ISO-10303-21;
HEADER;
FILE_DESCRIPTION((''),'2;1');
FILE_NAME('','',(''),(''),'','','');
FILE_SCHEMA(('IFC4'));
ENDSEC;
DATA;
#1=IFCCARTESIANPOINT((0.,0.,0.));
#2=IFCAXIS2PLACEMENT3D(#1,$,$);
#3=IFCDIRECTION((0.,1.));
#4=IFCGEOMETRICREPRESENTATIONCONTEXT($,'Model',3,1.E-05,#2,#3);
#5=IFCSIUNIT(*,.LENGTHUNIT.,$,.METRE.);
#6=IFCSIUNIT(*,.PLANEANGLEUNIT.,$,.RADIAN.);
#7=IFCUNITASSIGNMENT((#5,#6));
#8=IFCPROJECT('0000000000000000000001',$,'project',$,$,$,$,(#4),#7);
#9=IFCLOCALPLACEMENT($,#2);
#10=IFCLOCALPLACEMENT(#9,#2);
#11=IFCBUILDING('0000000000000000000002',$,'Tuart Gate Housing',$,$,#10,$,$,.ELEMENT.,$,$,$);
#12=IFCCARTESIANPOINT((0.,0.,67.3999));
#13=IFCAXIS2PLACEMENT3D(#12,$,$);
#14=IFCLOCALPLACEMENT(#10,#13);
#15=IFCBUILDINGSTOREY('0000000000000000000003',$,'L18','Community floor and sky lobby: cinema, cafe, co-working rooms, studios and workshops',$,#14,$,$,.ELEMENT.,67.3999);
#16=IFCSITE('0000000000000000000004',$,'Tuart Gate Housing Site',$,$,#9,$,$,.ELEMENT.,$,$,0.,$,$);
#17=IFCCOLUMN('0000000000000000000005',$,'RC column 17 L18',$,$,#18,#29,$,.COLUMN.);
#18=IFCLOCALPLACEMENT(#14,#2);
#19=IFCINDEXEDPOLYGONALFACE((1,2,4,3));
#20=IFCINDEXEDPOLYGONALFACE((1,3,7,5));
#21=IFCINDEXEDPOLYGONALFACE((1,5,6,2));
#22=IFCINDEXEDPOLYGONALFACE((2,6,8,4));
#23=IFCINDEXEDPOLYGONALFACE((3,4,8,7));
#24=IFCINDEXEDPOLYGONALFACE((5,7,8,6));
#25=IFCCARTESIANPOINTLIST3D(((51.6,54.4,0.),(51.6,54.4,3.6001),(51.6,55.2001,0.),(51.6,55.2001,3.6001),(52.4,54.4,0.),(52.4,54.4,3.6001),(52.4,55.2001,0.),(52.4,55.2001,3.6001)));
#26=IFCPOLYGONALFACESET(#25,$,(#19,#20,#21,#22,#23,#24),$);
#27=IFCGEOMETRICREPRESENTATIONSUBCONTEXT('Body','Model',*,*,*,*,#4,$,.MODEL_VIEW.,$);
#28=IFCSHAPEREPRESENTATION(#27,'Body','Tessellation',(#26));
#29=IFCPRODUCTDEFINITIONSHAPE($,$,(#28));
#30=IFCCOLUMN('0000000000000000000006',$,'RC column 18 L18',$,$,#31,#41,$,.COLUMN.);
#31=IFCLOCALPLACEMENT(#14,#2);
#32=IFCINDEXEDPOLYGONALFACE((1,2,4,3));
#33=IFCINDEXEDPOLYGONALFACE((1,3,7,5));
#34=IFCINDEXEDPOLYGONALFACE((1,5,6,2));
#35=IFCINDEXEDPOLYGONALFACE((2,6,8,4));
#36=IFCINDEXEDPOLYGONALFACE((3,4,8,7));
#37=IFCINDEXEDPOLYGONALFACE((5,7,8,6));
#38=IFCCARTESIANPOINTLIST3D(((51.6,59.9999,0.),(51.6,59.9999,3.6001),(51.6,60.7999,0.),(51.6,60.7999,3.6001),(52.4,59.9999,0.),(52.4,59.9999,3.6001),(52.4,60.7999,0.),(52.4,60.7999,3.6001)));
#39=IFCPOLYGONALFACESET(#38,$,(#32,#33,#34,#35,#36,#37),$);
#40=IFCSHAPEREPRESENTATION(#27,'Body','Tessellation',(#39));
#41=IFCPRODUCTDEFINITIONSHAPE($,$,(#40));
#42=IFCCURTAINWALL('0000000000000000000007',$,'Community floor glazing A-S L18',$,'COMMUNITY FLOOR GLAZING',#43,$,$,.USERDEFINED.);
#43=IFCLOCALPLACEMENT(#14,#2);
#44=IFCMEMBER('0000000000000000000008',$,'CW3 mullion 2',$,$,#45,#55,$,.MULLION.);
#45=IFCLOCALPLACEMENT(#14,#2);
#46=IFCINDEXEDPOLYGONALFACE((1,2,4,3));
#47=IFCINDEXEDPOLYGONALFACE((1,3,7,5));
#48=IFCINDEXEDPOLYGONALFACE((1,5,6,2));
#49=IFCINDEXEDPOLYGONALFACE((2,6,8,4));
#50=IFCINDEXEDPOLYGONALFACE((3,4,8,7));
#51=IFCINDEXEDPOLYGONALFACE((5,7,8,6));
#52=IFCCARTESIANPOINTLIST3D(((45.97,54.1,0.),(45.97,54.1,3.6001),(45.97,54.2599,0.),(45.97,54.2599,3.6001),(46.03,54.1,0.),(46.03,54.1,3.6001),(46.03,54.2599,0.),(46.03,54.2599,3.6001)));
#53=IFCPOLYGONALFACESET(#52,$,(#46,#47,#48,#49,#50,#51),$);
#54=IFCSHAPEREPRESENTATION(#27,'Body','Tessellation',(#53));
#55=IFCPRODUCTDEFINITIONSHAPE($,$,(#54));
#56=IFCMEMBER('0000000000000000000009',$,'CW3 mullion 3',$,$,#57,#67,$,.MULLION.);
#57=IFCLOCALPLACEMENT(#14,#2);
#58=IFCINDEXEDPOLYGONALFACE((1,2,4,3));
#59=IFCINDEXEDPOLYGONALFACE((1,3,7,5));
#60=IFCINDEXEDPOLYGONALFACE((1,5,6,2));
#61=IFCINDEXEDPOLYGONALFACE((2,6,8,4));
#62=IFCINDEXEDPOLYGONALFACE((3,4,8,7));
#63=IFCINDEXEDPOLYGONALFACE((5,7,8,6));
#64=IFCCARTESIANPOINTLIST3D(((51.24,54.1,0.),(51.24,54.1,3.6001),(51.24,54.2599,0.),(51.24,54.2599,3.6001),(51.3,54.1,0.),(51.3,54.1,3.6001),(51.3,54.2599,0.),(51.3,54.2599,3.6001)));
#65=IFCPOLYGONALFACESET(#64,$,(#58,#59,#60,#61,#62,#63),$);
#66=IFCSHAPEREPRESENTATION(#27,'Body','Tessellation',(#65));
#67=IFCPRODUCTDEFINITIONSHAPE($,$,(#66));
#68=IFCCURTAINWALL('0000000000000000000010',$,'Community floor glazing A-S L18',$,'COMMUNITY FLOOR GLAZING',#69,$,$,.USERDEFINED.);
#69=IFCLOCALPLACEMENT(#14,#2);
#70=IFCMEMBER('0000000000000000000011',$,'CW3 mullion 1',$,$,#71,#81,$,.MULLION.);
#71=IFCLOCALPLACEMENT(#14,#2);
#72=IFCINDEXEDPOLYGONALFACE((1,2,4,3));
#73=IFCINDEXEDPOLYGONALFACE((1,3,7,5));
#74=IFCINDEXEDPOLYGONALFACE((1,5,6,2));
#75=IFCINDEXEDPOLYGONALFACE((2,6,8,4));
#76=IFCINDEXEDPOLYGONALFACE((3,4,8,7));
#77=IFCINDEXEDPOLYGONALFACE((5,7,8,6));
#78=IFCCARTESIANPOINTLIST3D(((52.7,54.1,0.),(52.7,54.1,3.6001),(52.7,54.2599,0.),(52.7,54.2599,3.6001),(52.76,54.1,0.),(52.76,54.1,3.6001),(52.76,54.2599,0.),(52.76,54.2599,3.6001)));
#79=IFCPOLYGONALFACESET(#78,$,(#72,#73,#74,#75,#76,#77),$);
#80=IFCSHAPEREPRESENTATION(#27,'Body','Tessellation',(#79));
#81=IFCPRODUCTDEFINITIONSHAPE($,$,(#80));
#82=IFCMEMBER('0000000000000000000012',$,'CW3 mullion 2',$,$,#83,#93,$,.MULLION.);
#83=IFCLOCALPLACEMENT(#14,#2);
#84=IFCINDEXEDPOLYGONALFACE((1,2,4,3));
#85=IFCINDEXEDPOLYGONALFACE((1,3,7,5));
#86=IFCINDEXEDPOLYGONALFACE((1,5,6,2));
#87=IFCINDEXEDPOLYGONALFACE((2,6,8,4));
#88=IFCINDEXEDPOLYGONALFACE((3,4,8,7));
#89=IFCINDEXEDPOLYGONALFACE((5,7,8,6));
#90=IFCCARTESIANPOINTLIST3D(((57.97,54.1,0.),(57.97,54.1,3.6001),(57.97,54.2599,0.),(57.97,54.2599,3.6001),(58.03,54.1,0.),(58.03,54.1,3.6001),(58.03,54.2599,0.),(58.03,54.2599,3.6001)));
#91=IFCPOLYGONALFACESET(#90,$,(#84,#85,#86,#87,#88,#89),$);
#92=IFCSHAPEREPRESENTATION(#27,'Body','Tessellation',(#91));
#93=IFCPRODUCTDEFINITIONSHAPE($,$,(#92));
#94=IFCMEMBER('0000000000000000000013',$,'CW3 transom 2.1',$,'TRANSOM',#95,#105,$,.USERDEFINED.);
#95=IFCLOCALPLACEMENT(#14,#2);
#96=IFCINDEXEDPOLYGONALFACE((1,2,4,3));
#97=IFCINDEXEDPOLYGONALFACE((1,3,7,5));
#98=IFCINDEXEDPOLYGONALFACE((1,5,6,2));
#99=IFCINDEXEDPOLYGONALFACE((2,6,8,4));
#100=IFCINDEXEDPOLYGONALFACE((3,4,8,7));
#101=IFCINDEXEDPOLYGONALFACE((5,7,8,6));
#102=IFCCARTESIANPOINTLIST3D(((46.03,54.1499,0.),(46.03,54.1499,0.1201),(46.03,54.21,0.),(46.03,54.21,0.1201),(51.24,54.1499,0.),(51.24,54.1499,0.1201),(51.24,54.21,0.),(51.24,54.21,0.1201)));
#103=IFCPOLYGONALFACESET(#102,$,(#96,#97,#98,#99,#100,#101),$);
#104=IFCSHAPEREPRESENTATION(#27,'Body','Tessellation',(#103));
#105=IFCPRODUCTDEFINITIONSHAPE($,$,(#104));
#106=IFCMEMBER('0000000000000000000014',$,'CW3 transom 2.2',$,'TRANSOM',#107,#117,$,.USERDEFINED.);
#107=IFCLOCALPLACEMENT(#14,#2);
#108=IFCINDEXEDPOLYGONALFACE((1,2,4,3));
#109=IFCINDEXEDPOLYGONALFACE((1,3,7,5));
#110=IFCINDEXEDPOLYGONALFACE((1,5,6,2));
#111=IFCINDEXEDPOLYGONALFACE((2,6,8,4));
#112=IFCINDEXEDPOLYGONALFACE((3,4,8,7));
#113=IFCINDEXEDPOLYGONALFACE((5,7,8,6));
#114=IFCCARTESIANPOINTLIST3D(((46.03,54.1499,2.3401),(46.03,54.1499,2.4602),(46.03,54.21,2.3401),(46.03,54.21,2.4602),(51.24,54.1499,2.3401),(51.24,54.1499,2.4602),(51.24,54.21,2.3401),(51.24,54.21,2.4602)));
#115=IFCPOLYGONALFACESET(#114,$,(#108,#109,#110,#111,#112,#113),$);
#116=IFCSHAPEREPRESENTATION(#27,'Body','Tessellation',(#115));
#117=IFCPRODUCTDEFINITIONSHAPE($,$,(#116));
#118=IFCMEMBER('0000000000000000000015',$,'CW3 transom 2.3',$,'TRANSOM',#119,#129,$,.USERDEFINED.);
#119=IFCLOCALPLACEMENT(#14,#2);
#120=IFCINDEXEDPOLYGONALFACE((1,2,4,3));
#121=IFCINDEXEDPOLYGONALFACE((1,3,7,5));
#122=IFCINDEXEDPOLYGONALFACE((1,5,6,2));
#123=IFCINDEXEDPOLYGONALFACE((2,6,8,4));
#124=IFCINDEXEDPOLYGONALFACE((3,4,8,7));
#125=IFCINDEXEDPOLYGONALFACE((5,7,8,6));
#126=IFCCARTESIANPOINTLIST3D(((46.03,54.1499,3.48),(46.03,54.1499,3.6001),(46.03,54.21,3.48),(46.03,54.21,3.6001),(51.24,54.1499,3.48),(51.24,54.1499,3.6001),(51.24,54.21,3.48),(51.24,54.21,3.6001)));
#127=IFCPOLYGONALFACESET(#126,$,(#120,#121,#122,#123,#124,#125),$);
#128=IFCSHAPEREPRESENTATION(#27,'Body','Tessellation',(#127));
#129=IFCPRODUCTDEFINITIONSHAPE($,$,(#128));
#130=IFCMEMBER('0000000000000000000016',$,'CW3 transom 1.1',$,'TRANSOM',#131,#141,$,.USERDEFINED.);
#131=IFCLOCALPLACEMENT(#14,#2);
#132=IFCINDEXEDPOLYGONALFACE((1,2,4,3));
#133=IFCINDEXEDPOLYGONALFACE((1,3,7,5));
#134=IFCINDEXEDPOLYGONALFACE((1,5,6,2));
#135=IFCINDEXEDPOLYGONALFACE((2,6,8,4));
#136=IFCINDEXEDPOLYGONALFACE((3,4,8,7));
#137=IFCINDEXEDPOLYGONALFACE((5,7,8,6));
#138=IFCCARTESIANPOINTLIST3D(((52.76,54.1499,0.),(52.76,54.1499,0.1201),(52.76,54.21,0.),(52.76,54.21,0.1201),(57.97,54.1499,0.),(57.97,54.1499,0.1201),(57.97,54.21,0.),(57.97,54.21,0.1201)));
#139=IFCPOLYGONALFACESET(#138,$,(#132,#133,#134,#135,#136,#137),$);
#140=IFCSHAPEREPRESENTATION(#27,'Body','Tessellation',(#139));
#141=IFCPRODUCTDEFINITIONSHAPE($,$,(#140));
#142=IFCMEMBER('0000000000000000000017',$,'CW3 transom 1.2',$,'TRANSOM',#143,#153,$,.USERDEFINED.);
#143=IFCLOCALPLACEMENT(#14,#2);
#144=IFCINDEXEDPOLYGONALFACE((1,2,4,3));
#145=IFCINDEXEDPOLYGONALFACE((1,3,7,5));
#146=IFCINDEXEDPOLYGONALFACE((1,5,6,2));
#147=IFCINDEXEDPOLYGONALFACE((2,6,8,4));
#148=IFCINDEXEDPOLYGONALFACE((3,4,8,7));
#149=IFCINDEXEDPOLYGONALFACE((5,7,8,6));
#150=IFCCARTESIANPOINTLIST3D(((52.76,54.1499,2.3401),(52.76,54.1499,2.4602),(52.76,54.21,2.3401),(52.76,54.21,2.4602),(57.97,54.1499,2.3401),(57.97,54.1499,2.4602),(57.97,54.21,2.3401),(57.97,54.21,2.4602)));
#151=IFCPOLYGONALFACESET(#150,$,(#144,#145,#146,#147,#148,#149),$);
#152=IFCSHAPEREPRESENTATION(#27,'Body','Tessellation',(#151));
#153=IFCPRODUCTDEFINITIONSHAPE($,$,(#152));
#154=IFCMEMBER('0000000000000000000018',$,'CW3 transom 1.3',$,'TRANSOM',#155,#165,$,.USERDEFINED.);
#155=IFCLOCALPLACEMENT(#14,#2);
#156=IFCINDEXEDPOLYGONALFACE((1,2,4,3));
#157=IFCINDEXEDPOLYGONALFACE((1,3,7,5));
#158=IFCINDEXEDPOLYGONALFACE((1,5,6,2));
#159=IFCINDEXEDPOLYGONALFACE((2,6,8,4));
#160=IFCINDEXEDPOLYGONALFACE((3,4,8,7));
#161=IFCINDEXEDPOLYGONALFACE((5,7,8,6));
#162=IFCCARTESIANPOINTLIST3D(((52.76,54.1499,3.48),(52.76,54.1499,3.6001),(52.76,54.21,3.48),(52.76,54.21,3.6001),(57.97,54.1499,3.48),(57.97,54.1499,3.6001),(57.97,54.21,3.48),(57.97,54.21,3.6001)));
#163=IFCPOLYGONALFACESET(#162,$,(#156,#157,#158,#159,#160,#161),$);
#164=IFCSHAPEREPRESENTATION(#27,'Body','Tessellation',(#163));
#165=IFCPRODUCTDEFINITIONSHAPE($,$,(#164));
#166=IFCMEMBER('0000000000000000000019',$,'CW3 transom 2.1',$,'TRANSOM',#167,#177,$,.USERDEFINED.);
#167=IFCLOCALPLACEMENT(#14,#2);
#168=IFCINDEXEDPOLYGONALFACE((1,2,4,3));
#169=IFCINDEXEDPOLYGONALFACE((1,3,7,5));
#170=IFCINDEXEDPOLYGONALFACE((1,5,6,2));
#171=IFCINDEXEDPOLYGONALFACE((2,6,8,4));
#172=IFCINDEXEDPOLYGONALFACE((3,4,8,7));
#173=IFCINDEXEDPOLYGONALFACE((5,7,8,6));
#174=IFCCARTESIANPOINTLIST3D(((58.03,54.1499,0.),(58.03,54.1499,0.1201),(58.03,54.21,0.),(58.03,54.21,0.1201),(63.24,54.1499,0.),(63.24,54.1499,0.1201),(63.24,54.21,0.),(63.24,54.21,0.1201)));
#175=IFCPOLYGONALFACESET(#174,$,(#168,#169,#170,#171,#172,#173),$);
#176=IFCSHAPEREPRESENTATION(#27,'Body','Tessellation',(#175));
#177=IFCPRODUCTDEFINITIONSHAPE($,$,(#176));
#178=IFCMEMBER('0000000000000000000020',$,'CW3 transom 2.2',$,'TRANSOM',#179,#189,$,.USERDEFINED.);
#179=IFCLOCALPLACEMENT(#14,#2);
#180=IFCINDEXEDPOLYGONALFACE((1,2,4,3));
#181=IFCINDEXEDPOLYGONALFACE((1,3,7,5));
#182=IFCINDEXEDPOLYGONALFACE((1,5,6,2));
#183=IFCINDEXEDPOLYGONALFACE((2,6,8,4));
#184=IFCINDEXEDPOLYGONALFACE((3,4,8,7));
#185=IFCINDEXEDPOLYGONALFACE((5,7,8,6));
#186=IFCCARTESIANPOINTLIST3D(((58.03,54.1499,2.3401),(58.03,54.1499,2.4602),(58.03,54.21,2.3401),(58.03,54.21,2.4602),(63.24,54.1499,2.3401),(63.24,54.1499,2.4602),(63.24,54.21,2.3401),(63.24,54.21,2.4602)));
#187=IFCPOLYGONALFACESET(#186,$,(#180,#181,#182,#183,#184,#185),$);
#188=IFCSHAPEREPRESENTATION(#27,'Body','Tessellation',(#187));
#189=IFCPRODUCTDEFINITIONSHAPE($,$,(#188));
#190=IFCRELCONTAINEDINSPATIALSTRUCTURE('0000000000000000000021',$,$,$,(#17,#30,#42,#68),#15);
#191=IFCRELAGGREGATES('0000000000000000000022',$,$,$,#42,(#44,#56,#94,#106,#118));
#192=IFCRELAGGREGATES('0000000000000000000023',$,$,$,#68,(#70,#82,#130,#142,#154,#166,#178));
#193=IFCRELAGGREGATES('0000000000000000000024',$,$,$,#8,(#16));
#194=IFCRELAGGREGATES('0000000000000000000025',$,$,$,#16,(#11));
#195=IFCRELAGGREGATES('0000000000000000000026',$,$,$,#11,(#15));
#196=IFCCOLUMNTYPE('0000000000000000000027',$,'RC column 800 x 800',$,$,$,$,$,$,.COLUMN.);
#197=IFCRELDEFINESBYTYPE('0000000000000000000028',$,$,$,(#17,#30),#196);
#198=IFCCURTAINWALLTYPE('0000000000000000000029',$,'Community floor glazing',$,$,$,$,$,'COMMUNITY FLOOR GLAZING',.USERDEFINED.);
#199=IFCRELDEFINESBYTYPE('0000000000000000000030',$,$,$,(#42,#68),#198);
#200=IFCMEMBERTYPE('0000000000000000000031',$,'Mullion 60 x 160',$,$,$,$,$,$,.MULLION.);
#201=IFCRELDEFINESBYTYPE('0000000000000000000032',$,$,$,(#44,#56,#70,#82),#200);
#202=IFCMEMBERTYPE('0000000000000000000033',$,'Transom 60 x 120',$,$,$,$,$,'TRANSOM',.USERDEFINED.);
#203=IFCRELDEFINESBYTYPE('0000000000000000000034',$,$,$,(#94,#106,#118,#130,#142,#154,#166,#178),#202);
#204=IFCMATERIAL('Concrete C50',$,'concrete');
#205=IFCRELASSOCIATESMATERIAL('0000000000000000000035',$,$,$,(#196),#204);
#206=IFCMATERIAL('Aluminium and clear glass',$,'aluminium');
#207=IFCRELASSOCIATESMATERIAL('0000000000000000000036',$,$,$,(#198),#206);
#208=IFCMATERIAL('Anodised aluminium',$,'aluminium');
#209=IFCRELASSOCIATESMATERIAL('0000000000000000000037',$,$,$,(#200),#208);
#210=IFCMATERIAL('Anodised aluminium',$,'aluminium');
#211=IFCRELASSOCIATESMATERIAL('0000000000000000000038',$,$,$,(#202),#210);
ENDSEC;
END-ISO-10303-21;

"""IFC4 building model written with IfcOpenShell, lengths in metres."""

from ifc_helpers import new_model, si_unit, direction, frame, origin, origin_2d, place, context, subcontext, project, spatial, rectangle, extrude, material, material_profile, profile_set, type_object, element, aggregate, save


model = new_model("IFC4")

# Units and contexts
model_context = context("Model", 3, precision=1e-05, world=origin(), true_north=direction((0.0, 1.0)))
body_context = subcontext(model_context, "Body", "Model", "MODEL_VIEW")
ifc_project = project(units=[si_unit("LENGTHUNIT", "METRE"), si_unit("PLANEANGLEUNIT", "RADIAN")], contexts=[model_context])

# Site, building, storey
site_placement = place(None, origin())
site = spatial("IfcSite", under=ifc_project, at=site_placement, Name="Tuart Gate Housing Site", CompositionType="ELEMENT", RefElevation=0.0)
building_placement = place(site_placement, origin())
building = spatial("IfcBuilding", under=site, at=building_placement, Name="Tuart Gate Housing", CompositionType="ELEMENT")
storey_placement = place(building_placement, frame((0.0, 0.0, 67.3999)))
storey = spatial("IfcBuildingStorey", under=building, at=storey_placement, Name="L18", Description="Community floor and sky lobby: cinema, cafe, co-working rooms, studios and workshops", CompositionType="ELEMENT", Elevation=67.3999)

# Columns
ifc_material_1 = material(Name="Concrete C50", Category="concrete")
ifc_material_profile_1 = material_profile(ifc_material_1, rectangle(XDim=0.8, YDim=0.8, at=origin_2d()), Name="RC column 800 x 800")
ifc_profile_set_1 = profile_set([ifc_material_profile_1], Name="Concrete C50")
column_type = type_object("IfcColumnType", Name="RC column 800 x 800", PredefinedType="COLUMN", material=ifc_profile_set_1)
for number, where, z_axis, x_axis, name in (
    (1, (52.0, 54.8, 0.0), (0.0, 0.0, 1.0), (1.0, 0.0, 0.0), "RC column 17 L18"),
    (2, (52.0, 60.3999, 0.0), (0.0, 0.0, 1.0), (1.0, 0.0, 0.0), "RC column 18 L18"),
):
    element("IfcColumn", number, at=place(storey_placement, frame(where, z_axis=z_axis, x_axis=x_axis)), inside=storey, type_object=column_type, Name=name, PredefinedType="COLUMN", context=body_context, shape_type="SweptSolid", body=[
        extrude(rectangle(XDim=0.8, YDim=0.8, at=origin_2d()), origin(), (0.0, 0.0, 1.0), 3.6001),
    ])

# Curtain walls, members
ifc_material_2 = material(Name="Aluminium and clear glass", Category="aluminium")
curtain_wall_type = type_object("IfcCurtainWallType", Name="Community floor glazing", ElementType="COMMUNITY FLOOR GLAZING", PredefinedType="USERDEFINED", material=ifc_material_2)
curtain_wall_1_placement = place(storey_placement, origin())
curtain_wall_1 = element("IfcCurtainWall", 3, at=curtain_wall_1_placement, inside=storey, type_object=curtain_wall_type, Name="Community floor glazing A-S L18", ObjectType="COMMUNITY FLOOR GLAZING", PredefinedType="USERDEFINED")
ifc_material_3 = material(Name="Anodised aluminium", Category="aluminium")
ifc_material_profile_2 = material_profile(ifc_material_3, rectangle(XDim=0.0601, YDim=0.1599, at=origin_2d()), Name="60x160")
ifc_profile_set_2 = profile_set([ifc_material_profile_2], Name="Anodised aluminium")
member_type_1 = type_object("IfcMemberType", Name="Mullion 60 x 160", PredefinedType="MULLION", material=ifc_profile_set_2)
member_1_placement = place(storey_placement, frame((46.0, 54.1799, 0.0), z_axis=(0.0, 0.0, 1.0), x_axis=(1.0, 0.0, 0.0)))
member_1 = element("IfcMember", 4, at=member_1_placement, type_object=member_type_1, Name="CW3 mullion 2", PredefinedType="MULLION", context=body_context, shape_type="SweptSolid", body=[
    extrude(rectangle(XDim=0.0601, YDim=0.1599, at=origin_2d()), origin(), (0.0, 0.0, 1.0), 3.6001),
])
member_2_placement = place(storey_placement, frame((51.27, 54.1799, 0.0), z_axis=(0.0, 0.0, 1.0), x_axis=(1.0, 0.0, 0.0)))
member_2 = element("IfcMember", 5, at=member_2_placement, type_object=member_type_1, Name="CW3 mullion 3", PredefinedType="MULLION", context=body_context, shape_type="SweptSolid", body=[
    extrude(rectangle(XDim=0.0601, YDim=0.1599, at=origin_2d()), origin(), (0.0, 0.0, 1.0), 3.6001),
])
curtain_wall_2_placement = place(storey_placement, origin())
curtain_wall_2 = element("IfcCurtainWall", 6, at=curtain_wall_2_placement, inside=storey, type_object=curtain_wall_type, Name="Community floor glazing A-S L18", ObjectType="COMMUNITY FLOOR GLAZING", PredefinedType="USERDEFINED")
member_3_placement = place(storey_placement, frame((52.73, 54.1799, 0.0), z_axis=(0.0, 0.0, 1.0), x_axis=(1.0, 0.0, 0.0)))
member_3 = element("IfcMember", 7, at=member_3_placement, type_object=member_type_1, Name="CW3 mullion 1", PredefinedType="MULLION", context=body_context, shape_type="SweptSolid", body=[
    extrude(rectangle(XDim=0.0601, YDim=0.1599, at=origin_2d()), origin(), (0.0, 0.0, 1.0), 3.6001),
])
member_4_placement = place(storey_placement, frame((58.0, 54.1799, 0.0), z_axis=(0.0, 0.0, 1.0), x_axis=(1.0, 0.0, 0.0)))
member_4 = element("IfcMember", 8, at=member_4_placement, type_object=member_type_1, Name="CW3 mullion 2", PredefinedType="MULLION", context=body_context, shape_type="SweptSolid", body=[
    extrude(rectangle(XDim=0.0601, YDim=0.1599, at=origin_2d()), origin(), (0.0, 0.0, 1.0), 3.6001),
])

# Members
ifc_material_4 = material(Name="Anodised aluminium", Category="aluminium")
ifc_material_profile_3 = material_profile(ifc_material_4, rectangle(XDim=0.0601, YDim=0.1201, at=origin_2d()), Name="60x120")
ifc_profile_set_3 = profile_set([ifc_material_profile_3], Name="Anodised aluminium")
member_type_2 = type_object("IfcMemberType", Name="Transom 60 x 120", ElementType="TRANSOM", PredefinedType="USERDEFINED", material=ifc_profile_set_3)
member_5_placement = place(storey_placement, frame((46.03, 54.1799, 0.0601), z_axis=(1.0, 0.0, 0.0), x_axis=(0.0, 1.0, 0.0)))
member_5 = element("IfcMember", 9, at=member_5_placement, type_object=member_type_2, Name="CW3 transom 2.1", ObjectType="TRANSOM", PredefinedType="USERDEFINED", context=body_context, shape_type="SweptSolid", body=[
    extrude(rectangle(XDim=0.0601, YDim=0.1201, at=origin_2d()), origin(), (0.0, 0.0, 1.0), 5.21),
])
member_6_placement = place(storey_placement, frame((46.03, 54.1799, 2.4001), z_axis=(1.0, 0.0, 0.0), x_axis=(0.0, 1.0, 0.0)))
member_6 = element("IfcMember", 10, at=member_6_placement, type_object=member_type_2, Name="CW3 transom 2.2", ObjectType="TRANSOM", PredefinedType="USERDEFINED", context=body_context, shape_type="SweptSolid", body=[
    extrude(rectangle(XDim=0.0601, YDim=0.1201, at=origin_2d()), origin(), (0.0, 0.0, 1.0), 5.21),
])
member_7_placement = place(storey_placement, frame((46.03, 54.1799, 3.54), z_axis=(1.0, 0.0, 0.0), x_axis=(0.0, 1.0, 0.0)))
member_7 = element("IfcMember", 11, at=member_7_placement, type_object=member_type_2, Name="CW3 transom 2.3", ObjectType="TRANSOM", PredefinedType="USERDEFINED", context=body_context, shape_type="SweptSolid", body=[
    extrude(rectangle(XDim=0.0601, YDim=0.1201, at=origin_2d()), origin(), (0.0, 0.0, 1.0), 5.21),
])
member_8_placement = place(storey_placement, frame((52.76, 54.1799, 0.0601), z_axis=(1.0, 0.0, 0.0), x_axis=(0.0, 1.0, 0.0)))
member_8 = element("IfcMember", 12, at=member_8_placement, type_object=member_type_2, Name="CW3 transom 1.1", ObjectType="TRANSOM", PredefinedType="USERDEFINED", context=body_context, shape_type="SweptSolid", body=[
    extrude(rectangle(XDim=0.0601, YDim=0.1201, at=origin_2d()), origin(), (0.0, 0.0, 1.0), 5.21),
])
member_9_placement = place(storey_placement, frame((52.76, 54.1799, 2.4001), z_axis=(1.0, 0.0, 0.0), x_axis=(0.0, 1.0, 0.0)))
member_9 = element("IfcMember", 13, at=member_9_placement, type_object=member_type_2, Name="CW3 transom 1.2", ObjectType="TRANSOM", PredefinedType="USERDEFINED", context=body_context, shape_type="SweptSolid", body=[
    extrude(rectangle(XDim=0.0601, YDim=0.1201, at=origin_2d()), origin(), (0.0, 0.0, 1.0), 5.21),
])
member_10_placement = place(storey_placement, frame((52.76, 54.1799, 3.54), z_axis=(1.0, 0.0, 0.0), x_axis=(0.0, 1.0, 0.0)))
member_10 = element("IfcMember", 14, at=member_10_placement, type_object=member_type_2, Name="CW3 transom 1.3", ObjectType="TRANSOM", PredefinedType="USERDEFINED", context=body_context, shape_type="SweptSolid", body=[
    extrude(rectangle(XDim=0.0601, YDim=0.1201, at=origin_2d()), origin(), (0.0, 0.0, 1.0), 5.21),
])
member_11_placement = place(storey_placement, frame((58.03, 54.1799, 0.0601), z_axis=(1.0, 0.0, 0.0), x_axis=(0.0, 1.0, 0.0)))
member_11 = element("IfcMember", 15, at=member_11_placement, type_object=member_type_2, Name="CW3 transom 2.1", ObjectType="TRANSOM", PredefinedType="USERDEFINED", context=body_context, shape_type="SweptSolid", body=[
    extrude(rectangle(XDim=0.0601, YDim=0.1201, at=origin_2d()), origin(), (0.0, 0.0, 1.0), 5.21),
])
member_12_placement = place(storey_placement, frame((58.03, 54.1799, 2.4001), z_axis=(1.0, 0.0, 0.0), x_axis=(0.0, 1.0, 0.0)))
member_12 = element("IfcMember", 16, at=member_12_placement, type_object=member_type_2, Name="CW3 transom 2.2", ObjectType="TRANSOM", PredefinedType="USERDEFINED", context=body_context, shape_type="SweptSolid", body=[
    extrude(rectangle(XDim=0.0601, YDim=0.1201, at=origin_2d()), origin(), (0.0, 0.0, 1.0), 5.21),
])

aggregate(curtain_wall_1, [member_1, member_2, member_5, member_6, member_7])
aggregate(curtain_wall_2, [member_3, member_4, member_8, member_9, member_10, member_11, member_12])

save(model, "model.ifc")
